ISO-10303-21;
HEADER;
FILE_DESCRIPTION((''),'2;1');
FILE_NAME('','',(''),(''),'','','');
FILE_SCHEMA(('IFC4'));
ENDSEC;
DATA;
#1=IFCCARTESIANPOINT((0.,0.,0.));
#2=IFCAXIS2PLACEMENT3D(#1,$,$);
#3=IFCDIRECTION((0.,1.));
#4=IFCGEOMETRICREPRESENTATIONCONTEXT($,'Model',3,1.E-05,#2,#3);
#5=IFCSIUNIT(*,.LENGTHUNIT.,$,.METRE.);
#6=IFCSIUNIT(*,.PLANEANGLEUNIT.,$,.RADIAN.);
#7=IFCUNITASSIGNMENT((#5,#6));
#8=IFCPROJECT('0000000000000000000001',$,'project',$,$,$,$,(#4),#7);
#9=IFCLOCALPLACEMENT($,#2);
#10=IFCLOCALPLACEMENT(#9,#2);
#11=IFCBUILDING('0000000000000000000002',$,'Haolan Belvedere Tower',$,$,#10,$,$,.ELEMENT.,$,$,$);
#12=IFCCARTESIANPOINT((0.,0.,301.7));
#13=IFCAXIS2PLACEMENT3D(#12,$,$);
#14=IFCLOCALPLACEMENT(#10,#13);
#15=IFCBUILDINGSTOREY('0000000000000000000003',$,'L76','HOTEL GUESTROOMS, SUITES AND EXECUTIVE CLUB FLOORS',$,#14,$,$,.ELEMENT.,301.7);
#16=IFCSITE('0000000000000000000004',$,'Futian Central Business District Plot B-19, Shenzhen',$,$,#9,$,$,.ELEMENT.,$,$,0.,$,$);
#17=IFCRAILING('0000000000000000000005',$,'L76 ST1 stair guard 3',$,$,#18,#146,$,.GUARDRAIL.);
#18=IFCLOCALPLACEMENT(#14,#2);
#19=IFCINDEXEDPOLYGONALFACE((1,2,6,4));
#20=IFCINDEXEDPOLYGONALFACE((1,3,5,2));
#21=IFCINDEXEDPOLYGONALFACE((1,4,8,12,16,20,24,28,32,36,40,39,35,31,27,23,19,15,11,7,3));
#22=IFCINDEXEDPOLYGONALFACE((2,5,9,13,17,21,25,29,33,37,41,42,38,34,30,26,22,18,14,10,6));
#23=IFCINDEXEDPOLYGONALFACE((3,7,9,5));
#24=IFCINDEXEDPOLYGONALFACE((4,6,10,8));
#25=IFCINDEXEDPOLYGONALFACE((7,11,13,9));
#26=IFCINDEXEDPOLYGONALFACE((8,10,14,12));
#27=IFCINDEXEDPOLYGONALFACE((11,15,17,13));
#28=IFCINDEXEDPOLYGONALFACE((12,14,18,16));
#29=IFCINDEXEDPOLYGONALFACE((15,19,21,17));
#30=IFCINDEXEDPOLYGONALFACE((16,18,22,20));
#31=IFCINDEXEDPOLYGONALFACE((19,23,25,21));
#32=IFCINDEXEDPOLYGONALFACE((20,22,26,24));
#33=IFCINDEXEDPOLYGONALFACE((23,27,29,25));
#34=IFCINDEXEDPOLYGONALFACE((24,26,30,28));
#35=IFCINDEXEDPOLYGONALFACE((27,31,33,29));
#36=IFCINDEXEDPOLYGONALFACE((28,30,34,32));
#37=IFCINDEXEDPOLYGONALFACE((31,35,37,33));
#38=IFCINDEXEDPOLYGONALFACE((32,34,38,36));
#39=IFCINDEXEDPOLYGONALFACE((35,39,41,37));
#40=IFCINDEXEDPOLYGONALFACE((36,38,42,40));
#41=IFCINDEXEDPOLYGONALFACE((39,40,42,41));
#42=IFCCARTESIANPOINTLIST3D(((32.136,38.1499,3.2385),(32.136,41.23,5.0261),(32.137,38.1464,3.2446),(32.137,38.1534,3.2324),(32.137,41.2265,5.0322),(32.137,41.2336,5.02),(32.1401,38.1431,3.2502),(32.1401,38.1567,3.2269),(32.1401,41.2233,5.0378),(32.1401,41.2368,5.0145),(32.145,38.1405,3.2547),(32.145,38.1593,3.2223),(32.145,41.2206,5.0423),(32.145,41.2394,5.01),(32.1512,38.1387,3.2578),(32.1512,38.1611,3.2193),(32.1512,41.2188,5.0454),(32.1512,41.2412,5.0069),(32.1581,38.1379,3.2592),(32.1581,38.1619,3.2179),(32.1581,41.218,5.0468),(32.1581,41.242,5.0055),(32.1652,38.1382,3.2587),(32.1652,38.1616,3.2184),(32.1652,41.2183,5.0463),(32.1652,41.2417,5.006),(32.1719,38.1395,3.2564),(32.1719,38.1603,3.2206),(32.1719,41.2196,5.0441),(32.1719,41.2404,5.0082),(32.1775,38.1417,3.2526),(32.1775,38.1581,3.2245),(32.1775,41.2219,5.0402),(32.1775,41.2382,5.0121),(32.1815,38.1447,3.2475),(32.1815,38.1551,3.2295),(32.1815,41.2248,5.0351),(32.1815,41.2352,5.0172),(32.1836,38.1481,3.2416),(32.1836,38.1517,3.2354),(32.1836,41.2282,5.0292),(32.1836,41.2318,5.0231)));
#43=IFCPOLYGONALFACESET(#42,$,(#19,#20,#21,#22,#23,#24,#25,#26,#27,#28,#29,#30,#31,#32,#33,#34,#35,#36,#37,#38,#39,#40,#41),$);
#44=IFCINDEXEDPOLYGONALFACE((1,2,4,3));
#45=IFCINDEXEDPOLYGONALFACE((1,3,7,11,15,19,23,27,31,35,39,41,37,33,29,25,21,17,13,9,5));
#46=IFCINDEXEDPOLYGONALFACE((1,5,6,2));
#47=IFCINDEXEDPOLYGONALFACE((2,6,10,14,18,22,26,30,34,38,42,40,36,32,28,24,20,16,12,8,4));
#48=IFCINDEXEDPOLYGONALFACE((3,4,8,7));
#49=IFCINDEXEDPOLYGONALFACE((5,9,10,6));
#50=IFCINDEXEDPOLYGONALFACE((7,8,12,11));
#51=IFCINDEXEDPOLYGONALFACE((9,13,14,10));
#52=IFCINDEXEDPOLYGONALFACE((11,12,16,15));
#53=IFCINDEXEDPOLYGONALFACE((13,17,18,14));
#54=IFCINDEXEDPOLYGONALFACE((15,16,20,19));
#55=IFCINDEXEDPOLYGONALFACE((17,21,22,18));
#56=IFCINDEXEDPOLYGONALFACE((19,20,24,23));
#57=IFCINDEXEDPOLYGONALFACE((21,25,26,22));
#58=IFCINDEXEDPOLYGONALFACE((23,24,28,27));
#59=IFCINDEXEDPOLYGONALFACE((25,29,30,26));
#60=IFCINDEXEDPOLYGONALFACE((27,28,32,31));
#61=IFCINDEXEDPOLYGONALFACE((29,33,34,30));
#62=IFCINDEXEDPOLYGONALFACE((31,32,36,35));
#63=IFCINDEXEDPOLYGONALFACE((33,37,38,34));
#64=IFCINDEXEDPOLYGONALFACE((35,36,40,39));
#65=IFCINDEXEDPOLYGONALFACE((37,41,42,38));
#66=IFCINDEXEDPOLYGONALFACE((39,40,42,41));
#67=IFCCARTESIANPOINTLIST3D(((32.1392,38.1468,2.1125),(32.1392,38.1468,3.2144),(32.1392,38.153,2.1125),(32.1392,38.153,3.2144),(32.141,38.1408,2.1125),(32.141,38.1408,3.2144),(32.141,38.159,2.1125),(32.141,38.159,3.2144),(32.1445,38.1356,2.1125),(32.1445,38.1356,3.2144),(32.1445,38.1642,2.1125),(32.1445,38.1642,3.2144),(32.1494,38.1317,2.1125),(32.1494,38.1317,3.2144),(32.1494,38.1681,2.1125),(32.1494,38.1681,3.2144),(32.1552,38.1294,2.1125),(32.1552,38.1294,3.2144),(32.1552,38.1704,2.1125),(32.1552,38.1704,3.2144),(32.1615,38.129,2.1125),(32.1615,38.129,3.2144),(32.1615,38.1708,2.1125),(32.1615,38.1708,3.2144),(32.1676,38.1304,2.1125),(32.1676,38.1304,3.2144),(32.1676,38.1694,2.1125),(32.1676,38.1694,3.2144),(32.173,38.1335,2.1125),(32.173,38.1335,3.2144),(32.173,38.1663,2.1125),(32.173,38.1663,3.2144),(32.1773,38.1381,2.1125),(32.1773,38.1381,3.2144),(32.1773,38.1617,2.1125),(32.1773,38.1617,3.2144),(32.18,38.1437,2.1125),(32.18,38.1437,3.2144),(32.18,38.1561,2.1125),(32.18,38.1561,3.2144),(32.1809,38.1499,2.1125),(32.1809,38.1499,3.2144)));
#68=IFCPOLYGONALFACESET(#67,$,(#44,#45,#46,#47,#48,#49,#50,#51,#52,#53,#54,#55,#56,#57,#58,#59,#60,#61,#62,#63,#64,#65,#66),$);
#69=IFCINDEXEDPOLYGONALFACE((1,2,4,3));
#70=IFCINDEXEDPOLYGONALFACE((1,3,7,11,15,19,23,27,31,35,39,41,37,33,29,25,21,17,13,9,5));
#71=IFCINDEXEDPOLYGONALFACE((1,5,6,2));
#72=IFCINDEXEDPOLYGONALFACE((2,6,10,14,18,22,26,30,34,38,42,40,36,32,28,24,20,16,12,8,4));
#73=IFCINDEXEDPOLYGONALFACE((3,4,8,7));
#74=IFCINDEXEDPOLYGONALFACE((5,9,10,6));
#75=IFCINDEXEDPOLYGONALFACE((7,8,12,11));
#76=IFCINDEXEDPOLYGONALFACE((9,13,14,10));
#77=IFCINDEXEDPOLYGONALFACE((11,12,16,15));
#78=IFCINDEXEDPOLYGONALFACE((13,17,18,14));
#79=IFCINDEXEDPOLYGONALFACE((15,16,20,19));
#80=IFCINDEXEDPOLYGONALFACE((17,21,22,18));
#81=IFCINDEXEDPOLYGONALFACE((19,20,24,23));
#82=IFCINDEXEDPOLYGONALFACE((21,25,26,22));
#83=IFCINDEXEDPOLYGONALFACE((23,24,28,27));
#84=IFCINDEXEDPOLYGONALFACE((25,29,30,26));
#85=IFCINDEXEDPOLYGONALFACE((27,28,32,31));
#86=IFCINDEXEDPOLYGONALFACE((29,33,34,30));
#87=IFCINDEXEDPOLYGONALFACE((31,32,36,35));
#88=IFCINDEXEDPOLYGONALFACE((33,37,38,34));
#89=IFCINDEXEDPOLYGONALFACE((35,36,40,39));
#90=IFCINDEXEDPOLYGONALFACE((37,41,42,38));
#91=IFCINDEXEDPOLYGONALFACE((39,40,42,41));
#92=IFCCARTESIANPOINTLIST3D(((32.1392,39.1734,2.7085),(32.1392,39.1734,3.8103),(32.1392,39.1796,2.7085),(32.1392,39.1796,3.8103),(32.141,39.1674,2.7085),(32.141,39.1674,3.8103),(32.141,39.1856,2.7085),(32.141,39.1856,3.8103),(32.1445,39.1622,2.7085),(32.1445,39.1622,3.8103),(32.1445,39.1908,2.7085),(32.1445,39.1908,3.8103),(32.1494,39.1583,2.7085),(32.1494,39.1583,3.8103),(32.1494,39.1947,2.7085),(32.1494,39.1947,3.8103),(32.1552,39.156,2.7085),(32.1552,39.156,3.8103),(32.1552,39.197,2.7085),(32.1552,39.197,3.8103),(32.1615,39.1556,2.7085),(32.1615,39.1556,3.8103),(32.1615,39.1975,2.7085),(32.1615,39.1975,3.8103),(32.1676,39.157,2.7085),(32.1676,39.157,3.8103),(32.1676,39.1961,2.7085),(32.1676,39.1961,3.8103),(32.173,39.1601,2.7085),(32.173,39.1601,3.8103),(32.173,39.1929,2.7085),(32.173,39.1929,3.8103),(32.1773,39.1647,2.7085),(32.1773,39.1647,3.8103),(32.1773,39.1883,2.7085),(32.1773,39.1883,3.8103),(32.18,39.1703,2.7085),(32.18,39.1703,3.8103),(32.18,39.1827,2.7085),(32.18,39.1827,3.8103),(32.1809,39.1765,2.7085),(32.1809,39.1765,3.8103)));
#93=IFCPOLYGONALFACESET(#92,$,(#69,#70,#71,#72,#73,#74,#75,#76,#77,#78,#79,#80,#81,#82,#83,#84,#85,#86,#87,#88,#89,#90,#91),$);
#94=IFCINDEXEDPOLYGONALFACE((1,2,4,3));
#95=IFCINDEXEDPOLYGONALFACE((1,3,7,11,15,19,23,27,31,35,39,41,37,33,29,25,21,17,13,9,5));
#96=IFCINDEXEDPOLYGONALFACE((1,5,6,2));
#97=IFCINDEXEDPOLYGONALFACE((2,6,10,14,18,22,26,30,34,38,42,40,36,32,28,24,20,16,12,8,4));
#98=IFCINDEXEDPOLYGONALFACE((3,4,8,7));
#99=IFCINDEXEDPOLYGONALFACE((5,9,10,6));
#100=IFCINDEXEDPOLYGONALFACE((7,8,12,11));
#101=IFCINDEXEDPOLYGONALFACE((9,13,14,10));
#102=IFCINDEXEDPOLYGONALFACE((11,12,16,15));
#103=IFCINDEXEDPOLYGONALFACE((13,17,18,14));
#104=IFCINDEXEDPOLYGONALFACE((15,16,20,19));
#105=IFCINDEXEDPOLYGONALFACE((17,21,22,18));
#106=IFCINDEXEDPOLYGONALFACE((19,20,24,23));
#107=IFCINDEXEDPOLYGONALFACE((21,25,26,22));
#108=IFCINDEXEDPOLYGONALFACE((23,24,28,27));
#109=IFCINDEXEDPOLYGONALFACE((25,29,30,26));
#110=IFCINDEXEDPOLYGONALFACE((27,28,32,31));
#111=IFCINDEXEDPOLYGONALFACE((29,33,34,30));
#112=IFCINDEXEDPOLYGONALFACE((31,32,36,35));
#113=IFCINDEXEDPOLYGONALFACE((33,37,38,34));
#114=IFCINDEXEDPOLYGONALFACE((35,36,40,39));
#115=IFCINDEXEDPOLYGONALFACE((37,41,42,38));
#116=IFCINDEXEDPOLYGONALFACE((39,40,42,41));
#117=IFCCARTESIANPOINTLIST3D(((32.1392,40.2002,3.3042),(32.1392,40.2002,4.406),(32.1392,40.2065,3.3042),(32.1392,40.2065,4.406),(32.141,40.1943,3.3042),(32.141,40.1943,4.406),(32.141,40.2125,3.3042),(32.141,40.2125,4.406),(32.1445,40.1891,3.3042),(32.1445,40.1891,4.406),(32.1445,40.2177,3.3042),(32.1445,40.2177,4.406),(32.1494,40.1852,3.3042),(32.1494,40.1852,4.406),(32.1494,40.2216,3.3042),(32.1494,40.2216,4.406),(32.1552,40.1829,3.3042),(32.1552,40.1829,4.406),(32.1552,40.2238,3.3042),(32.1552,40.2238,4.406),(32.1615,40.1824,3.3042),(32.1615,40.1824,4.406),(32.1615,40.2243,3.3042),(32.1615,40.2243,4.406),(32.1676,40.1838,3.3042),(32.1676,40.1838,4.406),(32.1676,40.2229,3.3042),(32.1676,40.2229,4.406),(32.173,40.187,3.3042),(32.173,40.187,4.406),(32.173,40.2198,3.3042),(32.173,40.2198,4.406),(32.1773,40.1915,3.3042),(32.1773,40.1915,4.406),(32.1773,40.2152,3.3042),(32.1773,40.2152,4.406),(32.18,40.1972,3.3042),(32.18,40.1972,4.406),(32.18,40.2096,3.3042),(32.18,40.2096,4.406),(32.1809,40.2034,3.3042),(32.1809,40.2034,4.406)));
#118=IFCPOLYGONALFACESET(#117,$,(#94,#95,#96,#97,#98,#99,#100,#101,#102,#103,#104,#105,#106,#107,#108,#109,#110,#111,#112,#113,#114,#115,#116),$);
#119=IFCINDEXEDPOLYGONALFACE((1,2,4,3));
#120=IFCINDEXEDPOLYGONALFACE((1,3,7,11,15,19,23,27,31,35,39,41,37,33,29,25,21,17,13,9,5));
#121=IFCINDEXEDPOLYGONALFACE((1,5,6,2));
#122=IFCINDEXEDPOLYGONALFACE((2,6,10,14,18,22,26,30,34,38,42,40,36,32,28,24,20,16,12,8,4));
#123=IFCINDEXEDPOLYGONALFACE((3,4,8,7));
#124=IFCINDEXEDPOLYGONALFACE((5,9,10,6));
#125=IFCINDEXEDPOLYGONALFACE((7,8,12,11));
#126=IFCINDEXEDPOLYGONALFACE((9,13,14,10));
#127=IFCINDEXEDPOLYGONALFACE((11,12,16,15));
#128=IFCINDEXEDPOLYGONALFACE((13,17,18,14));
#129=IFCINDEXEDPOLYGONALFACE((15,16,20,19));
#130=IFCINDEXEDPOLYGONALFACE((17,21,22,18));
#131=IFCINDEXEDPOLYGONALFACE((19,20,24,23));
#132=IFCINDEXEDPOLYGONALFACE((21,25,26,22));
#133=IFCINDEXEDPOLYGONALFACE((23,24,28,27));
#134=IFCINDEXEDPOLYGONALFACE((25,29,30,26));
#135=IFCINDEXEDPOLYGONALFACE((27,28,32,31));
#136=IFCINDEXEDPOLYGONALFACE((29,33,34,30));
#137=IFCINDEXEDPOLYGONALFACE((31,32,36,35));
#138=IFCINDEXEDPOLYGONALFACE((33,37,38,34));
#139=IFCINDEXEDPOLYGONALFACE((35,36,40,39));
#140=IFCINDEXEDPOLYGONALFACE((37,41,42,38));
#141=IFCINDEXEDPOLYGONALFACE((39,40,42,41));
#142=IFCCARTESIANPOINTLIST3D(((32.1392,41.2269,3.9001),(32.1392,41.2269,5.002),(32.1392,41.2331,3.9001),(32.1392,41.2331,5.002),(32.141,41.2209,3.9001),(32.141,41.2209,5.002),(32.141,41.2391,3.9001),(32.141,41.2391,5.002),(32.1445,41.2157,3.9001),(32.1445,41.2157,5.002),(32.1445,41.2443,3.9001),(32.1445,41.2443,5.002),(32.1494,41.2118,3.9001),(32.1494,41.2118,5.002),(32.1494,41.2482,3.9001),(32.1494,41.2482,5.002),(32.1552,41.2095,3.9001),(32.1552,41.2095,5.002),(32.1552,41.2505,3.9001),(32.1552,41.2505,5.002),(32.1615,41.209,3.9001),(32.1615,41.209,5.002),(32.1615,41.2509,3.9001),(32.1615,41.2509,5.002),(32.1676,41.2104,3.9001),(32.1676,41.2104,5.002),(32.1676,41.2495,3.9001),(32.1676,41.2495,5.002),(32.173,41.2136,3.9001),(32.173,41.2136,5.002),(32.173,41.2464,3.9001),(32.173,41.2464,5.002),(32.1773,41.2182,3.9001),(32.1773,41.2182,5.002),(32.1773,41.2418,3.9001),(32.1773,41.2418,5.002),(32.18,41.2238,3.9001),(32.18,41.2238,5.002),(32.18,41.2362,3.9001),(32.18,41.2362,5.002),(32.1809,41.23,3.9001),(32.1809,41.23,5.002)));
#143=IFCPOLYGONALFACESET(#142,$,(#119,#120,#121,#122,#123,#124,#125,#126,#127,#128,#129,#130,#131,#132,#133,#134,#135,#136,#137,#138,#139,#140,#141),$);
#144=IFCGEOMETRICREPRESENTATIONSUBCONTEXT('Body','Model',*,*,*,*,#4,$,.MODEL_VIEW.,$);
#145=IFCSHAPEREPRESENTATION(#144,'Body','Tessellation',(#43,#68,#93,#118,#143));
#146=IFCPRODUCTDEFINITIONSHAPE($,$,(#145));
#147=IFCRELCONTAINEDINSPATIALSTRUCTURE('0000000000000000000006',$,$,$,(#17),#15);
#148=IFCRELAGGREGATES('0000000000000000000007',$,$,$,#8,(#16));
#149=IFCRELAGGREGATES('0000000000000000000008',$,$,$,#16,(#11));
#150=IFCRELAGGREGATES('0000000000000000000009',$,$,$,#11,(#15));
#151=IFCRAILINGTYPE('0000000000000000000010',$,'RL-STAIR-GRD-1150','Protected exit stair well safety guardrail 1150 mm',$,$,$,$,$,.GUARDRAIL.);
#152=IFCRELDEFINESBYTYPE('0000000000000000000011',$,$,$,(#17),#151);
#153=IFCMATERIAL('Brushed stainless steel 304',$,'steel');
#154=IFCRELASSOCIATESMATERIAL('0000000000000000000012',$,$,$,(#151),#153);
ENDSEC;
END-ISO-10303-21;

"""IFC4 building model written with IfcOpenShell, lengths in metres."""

from ifc_helpers import new_model, si_unit, direction, frame, origin, origin_2d, place, context, subcontext, project, spatial, circle, extrude, material, type_object, element, save


model = new_model("IFC4")

# Units and contexts
model_context = context("Model", 3, precision=1e-05, world=origin(), true_north=direction((0.0, 1.0)))
body_context = subcontext(model_context, "Body", "Model", "MODEL_VIEW")
ifc_project = project(units=[si_unit("LENGTHUNIT", "METRE"), si_unit("PLANEANGLEUNIT", "RADIAN")], contexts=[model_context])

# Site, building, storey
site_placement = place(None, origin())
site = spatial("IfcSite", under=ifc_project, at=site_placement, Name="Futian Central Business District Plot B-19, Shenzhen", CompositionType="ELEMENT", RefElevation=0.0)
building_placement = place(site_placement, origin())
building = spatial("IfcBuilding", under=site, at=building_placement, Name="Haolan Belvedere Tower", CompositionType="ELEMENT")
storey_placement = place(building_placement, frame((0.0, 0.0, 301.7)))
storey = spatial("IfcBuildingStorey", under=building, at=storey_placement, Name="L76", Description="HOTEL GUESTROOMS, SUITES AND EXECUTIVE CLUB FLOORS", CompositionType="ELEMENT", Elevation=301.7)

# Railing
ifc_material_1 = material(Name="Brushed stainless steel 304", Category="steel")
railing_type_1 = type_object("IfcRailingType", Name="RL-STAIR-GRD-1150", Description="Protected exit stair well safety guardrail 1150 mm", PredefinedType="GUARDRAIL", material=ifc_material_1)
railing_1_placement = place(storey_placement, frame((32.1599, 38.1499, 2.1125)))
element("IfcRailing", 1, at=railing_1_placement, inside=storey, type_object=railing_type_1, Name="L76 ST1 stair guard 3", PredefinedType="GUARDRAIL", context=body_context, shape_type="SweptSolid", body=[
    extrude(circle(Radius=0.0239, at=origin_2d()), frame((0.0, 0.0, 1.126), z_axis=(0.0, 0.864891, 0.50196), x_axis=(-1.0, 0.0, 0.0)), (0.0, 0.0, 1.0), 3.5613),
    extrude(circle(Radius=0.021, at=origin_2d()), origin(), (0.0, 0.0, 1.0), 1.1018),
    extrude(circle(Radius=0.021, at=origin_2d()), frame((0.0, 1.0266, 0.5959)), (0.0, 0.0, 1.0), 1.1018),
    extrude(circle(Radius=0.021, at=origin_2d()), frame((0.0, 2.0535, 1.1917)), (0.0, 0.0, 1.0), 1.1018),
    extrude(circle(Radius=0.021, at=origin_2d()), frame((0.0, 3.0801, 1.7876)), (0.0, 0.0, 1.0), 1.1018),
])

save(model, "model.ifc")
